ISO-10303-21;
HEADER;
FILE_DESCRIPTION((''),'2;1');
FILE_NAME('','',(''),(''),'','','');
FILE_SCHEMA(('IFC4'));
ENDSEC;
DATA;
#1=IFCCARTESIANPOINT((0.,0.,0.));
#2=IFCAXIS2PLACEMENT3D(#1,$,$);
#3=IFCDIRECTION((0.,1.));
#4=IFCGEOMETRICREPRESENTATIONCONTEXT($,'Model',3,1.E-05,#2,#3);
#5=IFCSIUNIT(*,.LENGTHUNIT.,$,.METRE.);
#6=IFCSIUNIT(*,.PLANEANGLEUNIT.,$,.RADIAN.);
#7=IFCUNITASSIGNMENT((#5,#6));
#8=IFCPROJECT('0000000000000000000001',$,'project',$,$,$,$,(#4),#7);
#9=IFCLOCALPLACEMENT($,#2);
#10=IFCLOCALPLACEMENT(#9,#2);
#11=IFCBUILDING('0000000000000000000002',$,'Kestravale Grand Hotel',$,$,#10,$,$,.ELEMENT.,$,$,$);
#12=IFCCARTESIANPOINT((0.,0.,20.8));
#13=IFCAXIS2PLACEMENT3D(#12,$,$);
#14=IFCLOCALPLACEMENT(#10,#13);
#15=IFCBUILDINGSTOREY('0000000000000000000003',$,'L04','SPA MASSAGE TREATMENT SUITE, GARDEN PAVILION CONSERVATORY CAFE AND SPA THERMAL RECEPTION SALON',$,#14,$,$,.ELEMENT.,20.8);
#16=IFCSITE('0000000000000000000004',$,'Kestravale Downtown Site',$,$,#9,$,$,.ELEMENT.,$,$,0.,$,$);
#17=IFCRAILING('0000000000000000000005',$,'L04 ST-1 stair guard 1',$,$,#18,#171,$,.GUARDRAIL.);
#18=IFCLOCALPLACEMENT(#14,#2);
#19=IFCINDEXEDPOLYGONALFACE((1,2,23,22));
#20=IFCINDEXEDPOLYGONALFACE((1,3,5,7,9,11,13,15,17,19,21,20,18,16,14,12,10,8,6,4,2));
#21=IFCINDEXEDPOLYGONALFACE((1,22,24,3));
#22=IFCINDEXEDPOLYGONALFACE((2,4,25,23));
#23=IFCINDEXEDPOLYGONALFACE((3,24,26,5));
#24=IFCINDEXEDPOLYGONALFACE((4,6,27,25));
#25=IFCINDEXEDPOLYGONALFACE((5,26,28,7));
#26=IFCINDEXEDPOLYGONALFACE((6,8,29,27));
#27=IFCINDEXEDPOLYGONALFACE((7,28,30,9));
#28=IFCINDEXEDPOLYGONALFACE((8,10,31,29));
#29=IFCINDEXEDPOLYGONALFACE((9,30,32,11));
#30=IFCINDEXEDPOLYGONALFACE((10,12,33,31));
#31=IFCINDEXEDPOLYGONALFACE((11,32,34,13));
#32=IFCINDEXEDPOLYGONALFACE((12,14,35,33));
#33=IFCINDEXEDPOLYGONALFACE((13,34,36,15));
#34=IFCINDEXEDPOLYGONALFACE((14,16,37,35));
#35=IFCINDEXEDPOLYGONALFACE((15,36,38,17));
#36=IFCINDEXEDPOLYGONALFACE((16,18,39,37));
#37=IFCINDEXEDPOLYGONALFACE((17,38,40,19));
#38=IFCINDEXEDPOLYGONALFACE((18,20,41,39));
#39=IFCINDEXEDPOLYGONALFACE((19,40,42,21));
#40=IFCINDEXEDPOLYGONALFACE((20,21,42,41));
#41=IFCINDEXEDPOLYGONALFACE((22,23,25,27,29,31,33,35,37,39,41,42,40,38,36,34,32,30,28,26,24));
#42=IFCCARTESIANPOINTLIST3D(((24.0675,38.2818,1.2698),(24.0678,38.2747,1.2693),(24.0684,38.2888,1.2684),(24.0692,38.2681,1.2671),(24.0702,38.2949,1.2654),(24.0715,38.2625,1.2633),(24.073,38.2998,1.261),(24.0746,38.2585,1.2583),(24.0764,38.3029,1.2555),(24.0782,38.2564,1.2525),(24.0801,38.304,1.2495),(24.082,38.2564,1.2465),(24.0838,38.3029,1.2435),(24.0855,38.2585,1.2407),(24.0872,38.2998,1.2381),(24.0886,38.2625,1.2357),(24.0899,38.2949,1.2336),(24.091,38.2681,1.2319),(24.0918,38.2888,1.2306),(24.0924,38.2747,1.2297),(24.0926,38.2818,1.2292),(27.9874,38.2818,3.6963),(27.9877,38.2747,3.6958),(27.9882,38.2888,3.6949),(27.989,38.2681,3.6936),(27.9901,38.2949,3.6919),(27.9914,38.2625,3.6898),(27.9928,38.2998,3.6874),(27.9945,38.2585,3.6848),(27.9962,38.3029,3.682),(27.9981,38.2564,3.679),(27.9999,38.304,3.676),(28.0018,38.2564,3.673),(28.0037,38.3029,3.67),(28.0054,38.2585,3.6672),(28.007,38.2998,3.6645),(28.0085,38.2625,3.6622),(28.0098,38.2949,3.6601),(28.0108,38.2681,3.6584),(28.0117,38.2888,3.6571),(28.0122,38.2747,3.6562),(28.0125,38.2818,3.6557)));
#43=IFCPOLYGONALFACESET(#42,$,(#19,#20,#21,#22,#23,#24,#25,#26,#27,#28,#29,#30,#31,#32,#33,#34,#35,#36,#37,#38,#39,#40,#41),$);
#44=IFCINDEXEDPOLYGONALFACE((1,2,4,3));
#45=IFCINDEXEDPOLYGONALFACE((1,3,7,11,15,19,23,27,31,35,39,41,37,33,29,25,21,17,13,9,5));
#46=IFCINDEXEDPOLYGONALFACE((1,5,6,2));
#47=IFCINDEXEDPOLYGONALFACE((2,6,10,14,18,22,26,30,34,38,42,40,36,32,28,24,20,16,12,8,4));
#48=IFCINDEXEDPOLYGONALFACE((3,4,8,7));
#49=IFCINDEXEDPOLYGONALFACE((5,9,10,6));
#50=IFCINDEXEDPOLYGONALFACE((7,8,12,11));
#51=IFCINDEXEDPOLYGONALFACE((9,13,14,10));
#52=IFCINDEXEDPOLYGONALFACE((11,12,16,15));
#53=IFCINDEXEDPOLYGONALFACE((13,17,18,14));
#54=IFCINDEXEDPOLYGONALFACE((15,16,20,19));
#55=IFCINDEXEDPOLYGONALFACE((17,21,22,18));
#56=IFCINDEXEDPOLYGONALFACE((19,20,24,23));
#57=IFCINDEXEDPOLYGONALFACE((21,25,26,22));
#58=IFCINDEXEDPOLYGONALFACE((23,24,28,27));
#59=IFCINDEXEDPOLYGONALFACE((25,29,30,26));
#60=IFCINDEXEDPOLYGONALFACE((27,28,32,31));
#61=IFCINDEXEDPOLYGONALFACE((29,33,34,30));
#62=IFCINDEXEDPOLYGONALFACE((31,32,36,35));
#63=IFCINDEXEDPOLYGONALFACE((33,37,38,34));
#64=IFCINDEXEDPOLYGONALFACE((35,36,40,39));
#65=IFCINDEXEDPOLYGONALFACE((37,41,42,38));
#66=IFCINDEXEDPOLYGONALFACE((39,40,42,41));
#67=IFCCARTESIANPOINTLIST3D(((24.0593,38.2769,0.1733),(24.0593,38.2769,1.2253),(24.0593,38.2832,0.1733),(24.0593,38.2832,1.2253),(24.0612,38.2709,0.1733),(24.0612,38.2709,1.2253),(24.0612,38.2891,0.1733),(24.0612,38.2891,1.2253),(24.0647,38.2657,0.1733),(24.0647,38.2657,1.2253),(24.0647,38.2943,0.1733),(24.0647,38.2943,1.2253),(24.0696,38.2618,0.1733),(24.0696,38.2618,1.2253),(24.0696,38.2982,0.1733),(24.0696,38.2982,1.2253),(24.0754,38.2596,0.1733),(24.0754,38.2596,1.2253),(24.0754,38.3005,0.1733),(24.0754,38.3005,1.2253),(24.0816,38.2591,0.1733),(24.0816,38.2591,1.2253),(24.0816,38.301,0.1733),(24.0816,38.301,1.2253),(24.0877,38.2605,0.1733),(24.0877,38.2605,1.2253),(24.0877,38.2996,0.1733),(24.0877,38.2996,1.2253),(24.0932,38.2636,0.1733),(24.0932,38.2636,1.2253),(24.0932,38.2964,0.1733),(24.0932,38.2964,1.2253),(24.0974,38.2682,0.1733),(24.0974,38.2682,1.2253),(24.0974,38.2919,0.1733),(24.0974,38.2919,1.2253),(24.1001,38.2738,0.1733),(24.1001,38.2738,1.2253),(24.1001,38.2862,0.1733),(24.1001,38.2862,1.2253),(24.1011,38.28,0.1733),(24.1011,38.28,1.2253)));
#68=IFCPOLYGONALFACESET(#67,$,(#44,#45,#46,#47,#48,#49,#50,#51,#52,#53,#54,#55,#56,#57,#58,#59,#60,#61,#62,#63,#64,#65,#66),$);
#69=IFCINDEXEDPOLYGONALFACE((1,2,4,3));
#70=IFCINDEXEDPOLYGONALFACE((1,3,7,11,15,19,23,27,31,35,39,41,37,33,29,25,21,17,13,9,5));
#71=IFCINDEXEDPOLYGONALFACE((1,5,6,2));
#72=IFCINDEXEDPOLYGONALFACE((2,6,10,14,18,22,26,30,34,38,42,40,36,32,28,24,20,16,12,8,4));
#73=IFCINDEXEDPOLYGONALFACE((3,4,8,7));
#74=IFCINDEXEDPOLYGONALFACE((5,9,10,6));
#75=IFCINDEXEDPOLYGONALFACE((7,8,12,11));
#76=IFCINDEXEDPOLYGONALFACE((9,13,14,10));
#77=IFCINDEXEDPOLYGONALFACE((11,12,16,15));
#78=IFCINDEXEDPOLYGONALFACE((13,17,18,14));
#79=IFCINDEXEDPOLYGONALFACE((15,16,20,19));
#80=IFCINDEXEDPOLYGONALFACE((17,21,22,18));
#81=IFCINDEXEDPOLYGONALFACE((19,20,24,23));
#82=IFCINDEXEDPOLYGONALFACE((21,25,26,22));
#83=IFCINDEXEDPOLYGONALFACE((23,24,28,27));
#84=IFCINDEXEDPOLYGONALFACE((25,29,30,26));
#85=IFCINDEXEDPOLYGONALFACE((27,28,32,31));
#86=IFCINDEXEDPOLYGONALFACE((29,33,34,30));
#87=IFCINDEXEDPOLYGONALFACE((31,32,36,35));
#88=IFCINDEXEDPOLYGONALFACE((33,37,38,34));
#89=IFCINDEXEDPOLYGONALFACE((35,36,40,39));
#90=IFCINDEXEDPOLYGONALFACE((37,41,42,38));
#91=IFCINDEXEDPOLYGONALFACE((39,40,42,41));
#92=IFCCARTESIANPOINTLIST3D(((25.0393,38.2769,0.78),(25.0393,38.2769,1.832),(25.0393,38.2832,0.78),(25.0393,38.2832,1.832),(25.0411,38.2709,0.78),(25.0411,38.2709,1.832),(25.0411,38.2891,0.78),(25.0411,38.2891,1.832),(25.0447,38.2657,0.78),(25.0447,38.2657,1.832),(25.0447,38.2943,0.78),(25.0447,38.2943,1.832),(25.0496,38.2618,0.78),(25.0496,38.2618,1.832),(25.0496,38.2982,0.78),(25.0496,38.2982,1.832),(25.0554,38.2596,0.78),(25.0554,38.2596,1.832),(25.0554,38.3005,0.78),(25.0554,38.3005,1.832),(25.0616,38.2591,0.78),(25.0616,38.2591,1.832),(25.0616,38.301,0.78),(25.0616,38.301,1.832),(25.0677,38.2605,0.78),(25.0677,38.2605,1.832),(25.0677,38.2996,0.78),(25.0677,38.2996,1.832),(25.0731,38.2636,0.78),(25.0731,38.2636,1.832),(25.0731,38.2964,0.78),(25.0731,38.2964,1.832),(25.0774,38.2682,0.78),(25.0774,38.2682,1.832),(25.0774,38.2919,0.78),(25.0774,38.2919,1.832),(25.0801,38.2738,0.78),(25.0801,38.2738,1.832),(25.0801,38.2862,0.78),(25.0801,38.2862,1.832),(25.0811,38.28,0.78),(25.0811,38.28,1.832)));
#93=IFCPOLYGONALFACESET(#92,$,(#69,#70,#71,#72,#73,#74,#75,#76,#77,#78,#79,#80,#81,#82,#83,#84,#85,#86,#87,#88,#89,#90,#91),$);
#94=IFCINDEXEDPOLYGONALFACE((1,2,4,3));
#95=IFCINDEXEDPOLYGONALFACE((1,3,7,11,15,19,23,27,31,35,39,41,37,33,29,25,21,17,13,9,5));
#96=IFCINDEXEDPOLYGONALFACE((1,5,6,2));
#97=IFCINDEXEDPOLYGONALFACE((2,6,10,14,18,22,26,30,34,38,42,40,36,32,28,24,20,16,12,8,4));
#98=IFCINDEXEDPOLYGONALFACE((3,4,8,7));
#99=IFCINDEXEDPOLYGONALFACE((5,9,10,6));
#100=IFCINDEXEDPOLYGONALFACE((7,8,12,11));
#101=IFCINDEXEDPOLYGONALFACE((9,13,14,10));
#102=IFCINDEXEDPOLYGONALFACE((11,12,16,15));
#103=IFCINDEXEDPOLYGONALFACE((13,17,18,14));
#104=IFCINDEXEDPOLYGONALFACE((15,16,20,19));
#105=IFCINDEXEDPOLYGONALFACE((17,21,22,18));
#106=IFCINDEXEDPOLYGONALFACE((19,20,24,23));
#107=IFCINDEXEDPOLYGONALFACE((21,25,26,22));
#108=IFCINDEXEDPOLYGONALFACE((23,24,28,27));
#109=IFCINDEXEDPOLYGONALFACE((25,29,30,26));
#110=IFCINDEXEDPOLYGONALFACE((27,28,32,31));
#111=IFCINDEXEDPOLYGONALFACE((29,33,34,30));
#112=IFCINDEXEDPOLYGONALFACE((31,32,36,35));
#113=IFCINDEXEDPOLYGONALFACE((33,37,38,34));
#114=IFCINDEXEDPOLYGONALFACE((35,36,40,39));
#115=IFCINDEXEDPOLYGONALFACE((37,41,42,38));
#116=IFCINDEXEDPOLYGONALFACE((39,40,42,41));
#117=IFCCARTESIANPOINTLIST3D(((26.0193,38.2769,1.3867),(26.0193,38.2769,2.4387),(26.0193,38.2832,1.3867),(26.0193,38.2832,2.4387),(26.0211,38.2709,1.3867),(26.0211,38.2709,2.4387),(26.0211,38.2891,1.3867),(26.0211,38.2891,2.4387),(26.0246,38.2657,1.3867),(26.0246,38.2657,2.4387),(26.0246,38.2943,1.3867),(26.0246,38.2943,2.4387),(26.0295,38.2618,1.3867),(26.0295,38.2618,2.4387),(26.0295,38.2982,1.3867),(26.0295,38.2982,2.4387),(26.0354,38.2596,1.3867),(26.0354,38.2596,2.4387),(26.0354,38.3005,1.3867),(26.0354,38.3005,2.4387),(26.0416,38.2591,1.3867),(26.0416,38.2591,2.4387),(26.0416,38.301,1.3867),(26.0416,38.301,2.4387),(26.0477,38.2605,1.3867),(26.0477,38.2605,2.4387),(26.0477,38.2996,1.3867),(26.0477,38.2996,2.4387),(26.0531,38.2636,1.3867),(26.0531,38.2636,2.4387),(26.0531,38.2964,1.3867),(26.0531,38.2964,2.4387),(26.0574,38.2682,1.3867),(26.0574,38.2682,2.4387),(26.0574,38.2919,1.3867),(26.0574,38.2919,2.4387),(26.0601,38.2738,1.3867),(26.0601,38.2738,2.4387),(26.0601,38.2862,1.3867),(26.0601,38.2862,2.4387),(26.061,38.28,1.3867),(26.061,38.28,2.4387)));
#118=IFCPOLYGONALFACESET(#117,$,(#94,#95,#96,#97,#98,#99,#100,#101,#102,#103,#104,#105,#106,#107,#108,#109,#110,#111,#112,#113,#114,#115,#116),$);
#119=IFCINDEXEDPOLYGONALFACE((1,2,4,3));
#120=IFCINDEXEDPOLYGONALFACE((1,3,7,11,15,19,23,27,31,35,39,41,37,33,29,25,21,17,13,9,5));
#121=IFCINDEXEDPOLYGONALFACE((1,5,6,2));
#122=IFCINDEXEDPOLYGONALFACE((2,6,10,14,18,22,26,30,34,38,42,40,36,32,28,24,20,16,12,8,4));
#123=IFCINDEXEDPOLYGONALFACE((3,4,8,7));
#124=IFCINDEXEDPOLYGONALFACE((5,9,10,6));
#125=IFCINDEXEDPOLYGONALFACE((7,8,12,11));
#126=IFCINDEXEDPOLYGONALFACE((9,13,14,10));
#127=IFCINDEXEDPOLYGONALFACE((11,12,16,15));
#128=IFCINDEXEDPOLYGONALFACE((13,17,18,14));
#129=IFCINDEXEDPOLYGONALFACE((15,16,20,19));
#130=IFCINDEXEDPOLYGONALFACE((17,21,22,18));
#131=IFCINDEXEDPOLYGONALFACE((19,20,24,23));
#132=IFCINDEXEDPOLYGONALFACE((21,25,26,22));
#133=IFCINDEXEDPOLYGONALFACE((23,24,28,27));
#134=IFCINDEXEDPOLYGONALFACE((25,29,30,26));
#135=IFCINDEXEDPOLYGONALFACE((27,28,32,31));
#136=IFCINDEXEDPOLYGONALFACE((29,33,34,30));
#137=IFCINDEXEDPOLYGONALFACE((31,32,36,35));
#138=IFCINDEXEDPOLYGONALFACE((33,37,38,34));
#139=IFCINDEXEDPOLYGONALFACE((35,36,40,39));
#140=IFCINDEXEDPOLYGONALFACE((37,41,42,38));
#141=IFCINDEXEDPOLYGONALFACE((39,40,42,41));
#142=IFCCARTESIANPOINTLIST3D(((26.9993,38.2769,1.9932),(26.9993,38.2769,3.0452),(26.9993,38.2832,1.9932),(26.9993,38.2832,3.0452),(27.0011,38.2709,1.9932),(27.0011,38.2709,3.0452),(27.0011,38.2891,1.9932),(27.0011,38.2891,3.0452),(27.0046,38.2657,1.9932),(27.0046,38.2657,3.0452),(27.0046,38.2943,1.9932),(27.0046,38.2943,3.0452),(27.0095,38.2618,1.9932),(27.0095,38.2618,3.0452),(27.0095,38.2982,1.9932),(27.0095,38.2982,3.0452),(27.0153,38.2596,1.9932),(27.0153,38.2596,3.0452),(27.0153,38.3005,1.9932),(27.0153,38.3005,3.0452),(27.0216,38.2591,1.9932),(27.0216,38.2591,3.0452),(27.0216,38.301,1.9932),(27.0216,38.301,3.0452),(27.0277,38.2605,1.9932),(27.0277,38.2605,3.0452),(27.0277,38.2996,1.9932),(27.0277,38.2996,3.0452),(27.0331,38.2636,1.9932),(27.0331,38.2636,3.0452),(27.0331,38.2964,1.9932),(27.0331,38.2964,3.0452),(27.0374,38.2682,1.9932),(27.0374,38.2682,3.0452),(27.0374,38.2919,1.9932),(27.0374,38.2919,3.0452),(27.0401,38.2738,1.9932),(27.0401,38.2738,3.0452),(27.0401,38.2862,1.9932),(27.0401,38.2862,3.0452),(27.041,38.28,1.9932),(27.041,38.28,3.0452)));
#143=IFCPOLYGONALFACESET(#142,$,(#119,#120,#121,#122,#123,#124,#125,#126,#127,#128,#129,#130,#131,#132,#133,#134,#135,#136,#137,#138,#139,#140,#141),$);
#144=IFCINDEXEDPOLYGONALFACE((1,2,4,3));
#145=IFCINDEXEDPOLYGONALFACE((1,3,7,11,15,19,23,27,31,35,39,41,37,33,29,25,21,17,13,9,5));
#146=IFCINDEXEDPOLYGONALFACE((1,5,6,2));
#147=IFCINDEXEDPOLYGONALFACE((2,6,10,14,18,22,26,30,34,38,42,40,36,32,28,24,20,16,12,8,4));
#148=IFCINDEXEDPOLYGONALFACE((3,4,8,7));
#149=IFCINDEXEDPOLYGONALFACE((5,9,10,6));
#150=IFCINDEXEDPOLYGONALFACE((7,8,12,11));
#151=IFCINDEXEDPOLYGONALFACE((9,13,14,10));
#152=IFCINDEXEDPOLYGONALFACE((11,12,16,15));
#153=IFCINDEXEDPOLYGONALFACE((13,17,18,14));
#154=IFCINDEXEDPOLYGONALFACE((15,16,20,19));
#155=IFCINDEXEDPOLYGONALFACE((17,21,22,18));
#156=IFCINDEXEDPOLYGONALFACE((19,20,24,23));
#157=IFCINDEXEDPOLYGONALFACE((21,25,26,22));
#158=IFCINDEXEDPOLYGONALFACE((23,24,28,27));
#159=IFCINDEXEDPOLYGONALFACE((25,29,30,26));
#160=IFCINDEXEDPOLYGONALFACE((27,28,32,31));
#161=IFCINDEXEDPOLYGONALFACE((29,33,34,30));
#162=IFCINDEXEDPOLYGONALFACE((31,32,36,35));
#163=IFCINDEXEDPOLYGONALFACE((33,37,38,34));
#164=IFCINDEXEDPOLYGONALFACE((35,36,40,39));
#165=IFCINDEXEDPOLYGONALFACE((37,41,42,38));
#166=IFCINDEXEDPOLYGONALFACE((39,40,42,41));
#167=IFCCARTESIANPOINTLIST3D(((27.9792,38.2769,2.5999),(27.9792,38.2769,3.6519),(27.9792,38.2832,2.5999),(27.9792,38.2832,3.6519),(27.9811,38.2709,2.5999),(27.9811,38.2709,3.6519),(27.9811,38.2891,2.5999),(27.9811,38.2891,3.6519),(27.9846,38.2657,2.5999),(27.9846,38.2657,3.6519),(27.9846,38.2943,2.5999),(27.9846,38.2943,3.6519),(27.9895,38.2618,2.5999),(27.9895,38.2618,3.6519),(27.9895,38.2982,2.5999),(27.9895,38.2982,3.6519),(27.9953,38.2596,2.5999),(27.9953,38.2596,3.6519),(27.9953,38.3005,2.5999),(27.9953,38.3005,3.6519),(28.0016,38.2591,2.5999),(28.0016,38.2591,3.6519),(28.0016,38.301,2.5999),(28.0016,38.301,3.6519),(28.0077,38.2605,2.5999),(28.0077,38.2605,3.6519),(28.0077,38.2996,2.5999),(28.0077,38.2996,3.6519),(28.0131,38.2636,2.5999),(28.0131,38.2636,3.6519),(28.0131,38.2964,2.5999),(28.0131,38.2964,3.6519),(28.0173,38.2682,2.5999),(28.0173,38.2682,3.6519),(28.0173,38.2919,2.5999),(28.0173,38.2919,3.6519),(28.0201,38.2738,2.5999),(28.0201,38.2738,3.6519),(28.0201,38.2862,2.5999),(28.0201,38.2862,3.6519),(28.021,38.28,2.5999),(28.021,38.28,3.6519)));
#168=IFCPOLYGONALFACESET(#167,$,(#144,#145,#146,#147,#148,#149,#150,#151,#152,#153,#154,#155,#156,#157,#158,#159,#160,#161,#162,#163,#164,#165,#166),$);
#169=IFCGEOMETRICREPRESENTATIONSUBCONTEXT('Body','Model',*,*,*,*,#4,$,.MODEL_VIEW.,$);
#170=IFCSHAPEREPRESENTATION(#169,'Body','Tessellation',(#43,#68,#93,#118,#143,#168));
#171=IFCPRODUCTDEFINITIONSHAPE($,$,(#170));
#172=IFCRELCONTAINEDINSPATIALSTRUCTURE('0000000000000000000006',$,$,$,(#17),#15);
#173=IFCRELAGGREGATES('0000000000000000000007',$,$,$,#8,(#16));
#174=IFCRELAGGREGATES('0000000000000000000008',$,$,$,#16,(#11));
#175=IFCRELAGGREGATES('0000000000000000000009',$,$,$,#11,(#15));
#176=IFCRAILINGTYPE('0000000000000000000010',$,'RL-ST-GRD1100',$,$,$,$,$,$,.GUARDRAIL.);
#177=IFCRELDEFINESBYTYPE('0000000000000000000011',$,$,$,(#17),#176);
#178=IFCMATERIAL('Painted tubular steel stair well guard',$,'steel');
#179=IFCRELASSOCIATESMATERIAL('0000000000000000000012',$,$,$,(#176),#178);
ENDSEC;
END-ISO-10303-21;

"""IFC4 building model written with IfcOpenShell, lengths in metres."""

from ifc_helpers import new_model, si_unit, direction, frame, origin, origin_2d, place, context, subcontext, project, spatial, circle, extrude, material, type_object, element, save


model = new_model("IFC4")

# Units and contexts
model_context = context("Model", 3, precision=1e-05, world=origin(), true_north=direction((0.0, 1.0)))
body_context = subcontext(model_context, "Body", "Model", "MODEL_VIEW")
ifc_project = project(units=[si_unit("LENGTHUNIT", "METRE"), si_unit("PLANEANGLEUNIT", "RADIAN")], contexts=[model_context])

# Site, building, storey
site_placement = place(None, origin())
site = spatial("IfcSite", under=ifc_project, at=site_placement, Name="Kestravale Downtown Site", CompositionType="ELEMENT", RefElevation=0.0)
building_placement = place(site_placement, origin())
building = spatial("IfcBuilding", under=site, at=building_placement, Name="Kestravale Grand Hotel", CompositionType="ELEMENT")
storey_placement = place(building_placement, frame((0.0, 0.0, 20.8)))
storey = spatial("IfcBuildingStorey", under=building, at=storey_placement, Name="L04", Description="SPA MASSAGE TREATMENT SUITE, GARDEN PAVILION CONSERVATORY CAFE AND SPA THERMAL RECEPTION SALON", CompositionType="ELEMENT", Elevation=20.8)

# Railing
ifc_material_1 = material(Name="Painted tubular steel stair well guard", Category="steel")
railing_type_1 = type_object("IfcRailingType", Name="RL-ST-GRD1100", PredefinedType="GUARDRAIL", material=ifc_material_1)
railing_1_placement = place(storey_placement, frame((24.0801, 38.28, 0.1733)))
element("IfcRailing", 1, at=railing_1_placement, inside=storey, type_object=railing_type_1, Name="L04 ST-1 stair guard 1", PredefinedType="GUARDRAIL", context=body_context, shape_type="SweptSolid", body=[
    extrude(circle(Radius=0.0239, at=origin_2d()), frame((0.0, 0.0, 1.0762), z_axis=(0.850275, 0.0, 0.526338), x_axis=(0.0, 1.0, 0.0)), (0.0, 0.0, 1.0), 4.6101),
    extrude(circle(Radius=0.021, at=origin_2d()), origin(), (0.0, 0.0, 1.0), 1.052),
    extrude(circle(Radius=0.021, at=origin_2d()), frame((0.98, 0.0, 0.6067)), (0.0, 0.0, 1.0), 1.052),
    extrude(circle(Radius=0.021, at=origin_2d()), frame((1.96, 0.0, 1.2134)), (0.0, 0.0, 1.0), 1.052),
    extrude(circle(Radius=0.021, at=origin_2d()), frame((2.9399, 0.0, 1.8198)), (0.0, 0.0, 1.0), 1.052),
    extrude(circle(Radius=0.021, at=origin_2d()), frame((3.9199, 0.0, 2.4265)), (0.0, 0.0, 1.0), 1.052),
])

save(model, "model.ifc")
